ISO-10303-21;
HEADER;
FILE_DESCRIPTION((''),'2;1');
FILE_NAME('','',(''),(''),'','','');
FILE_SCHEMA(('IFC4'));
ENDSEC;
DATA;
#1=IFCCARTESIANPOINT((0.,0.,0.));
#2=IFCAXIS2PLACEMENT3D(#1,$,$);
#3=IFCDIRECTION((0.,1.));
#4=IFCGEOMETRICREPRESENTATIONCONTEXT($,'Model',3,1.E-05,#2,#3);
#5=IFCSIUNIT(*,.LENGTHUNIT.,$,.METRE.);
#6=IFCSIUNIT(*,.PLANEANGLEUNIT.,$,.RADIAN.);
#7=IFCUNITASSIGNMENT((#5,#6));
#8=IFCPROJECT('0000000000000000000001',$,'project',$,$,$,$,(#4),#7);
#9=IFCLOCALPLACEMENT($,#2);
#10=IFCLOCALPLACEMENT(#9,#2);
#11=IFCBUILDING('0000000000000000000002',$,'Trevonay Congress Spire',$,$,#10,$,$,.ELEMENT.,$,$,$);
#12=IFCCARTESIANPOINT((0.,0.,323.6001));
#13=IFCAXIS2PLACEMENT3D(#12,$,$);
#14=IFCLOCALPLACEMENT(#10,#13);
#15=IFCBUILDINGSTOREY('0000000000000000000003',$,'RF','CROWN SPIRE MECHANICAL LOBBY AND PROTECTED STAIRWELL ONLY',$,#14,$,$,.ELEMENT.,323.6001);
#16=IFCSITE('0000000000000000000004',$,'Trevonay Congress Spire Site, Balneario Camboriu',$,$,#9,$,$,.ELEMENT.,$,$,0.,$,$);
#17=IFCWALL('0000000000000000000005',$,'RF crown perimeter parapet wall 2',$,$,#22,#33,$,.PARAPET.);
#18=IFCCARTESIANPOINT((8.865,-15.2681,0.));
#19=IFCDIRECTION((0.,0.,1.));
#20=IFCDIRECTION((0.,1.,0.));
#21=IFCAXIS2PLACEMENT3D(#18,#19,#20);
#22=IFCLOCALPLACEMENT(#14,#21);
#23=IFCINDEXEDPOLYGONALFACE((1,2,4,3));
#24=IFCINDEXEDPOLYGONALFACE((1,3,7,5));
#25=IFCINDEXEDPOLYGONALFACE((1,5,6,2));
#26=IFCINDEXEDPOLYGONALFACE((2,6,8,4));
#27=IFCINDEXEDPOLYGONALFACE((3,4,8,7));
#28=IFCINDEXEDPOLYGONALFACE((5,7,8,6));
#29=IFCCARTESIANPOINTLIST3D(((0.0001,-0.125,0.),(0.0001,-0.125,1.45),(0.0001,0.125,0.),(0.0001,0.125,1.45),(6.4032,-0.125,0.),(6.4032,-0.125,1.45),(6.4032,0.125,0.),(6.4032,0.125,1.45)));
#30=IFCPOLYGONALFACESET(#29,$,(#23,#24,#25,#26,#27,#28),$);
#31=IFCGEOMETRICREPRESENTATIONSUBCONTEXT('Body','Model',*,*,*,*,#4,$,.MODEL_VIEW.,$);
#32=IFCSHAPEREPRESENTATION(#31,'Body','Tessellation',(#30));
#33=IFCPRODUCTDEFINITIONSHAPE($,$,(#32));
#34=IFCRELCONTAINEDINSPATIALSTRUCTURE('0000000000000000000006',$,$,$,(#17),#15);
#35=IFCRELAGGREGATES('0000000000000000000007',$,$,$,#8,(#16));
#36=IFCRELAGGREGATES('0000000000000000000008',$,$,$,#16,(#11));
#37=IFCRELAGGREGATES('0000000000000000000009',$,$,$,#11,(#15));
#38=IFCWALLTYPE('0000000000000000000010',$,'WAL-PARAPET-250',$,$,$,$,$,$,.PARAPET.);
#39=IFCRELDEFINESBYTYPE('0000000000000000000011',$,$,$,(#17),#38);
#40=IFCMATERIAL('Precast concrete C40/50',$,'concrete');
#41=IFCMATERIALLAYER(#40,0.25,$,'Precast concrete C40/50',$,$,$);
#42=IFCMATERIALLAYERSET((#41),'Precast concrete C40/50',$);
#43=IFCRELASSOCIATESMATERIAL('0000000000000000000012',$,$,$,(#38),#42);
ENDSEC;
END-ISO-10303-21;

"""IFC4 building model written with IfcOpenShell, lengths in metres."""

from ifc_helpers import new_model, si_unit, direction, frame, frame_2d, origin, place, context, subcontext, project, spatial, rectangle, extrude, material, layer, layer_set, type_object, element, save


model = new_model("IFC4")

# Units and contexts
model_context = context("Model", 3, precision=1e-05, world=origin(), true_north=direction((0.0, 1.0)))
body_context = subcontext(model_context, "Body", "Model", "MODEL_VIEW")
ifc_project = project(units=[si_unit("LENGTHUNIT", "METRE"), si_unit("PLANEANGLEUNIT", "RADIAN")], contexts=[model_context])

# Site, building, storey
site_placement = place(None, origin())
site = spatial("IfcSite", under=ifc_project, at=site_placement, Name="Trevonay Congress Spire Site, Balneario Camboriu", CompositionType="ELEMENT", RefElevation=0.0)
building_placement = place(site_placement, origin())
building = spatial("IfcBuilding", under=site, at=building_placement, Name="Trevonay Congress Spire", CompositionType="ELEMENT")
storey_placement = place(building_placement, frame((0.0, 0.0, 323.6001)))
storey = spatial("IfcBuildingStorey", under=building, at=storey_placement, Name="RF", Description="CROWN SPIRE MECHANICAL LOBBY AND PROTECTED STAIRWELL ONLY", CompositionType="ELEMENT", Elevation=323.6001)

# Wall
ifc_material_1 = material(Name="Precast concrete C40/50", Category="concrete")
ifc_layer_1 = layer(ifc_material_1, 0.25, Name="Precast concrete C40/50")
ifc_layer_set_1 = layer_set([ifc_layer_1], Name="Precast concrete C40/50")
wall_type_1 = type_object("IfcWallType", Name="WAL-PARAPET-250", PredefinedType="PARAPET", material=ifc_layer_set_1)
for number, where, z_axis, x_axis, name in (
    (1, (8.865, -15.2681, 0.0), (0.0, 0.0, 1.0), (0.0, 1.0, 0.0), "RF crown perimeter parapet wall 2"),
):
    element("IfcWall", number, at=place(storey_placement, frame(where, z_axis=z_axis, x_axis=x_axis)), inside=storey, type_object=wall_type_1, Name=name, PredefinedType="PARAPET", context=body_context, shape_type="SweptSolid", body=[
        extrude(rectangle(XDim=6.4031, YDim=0.25, at=frame_2d((3.2017, 0.0))), origin(), (0.0, 0.0, 1.0), 1.45),
    ])

save(model, "model.ifc")
